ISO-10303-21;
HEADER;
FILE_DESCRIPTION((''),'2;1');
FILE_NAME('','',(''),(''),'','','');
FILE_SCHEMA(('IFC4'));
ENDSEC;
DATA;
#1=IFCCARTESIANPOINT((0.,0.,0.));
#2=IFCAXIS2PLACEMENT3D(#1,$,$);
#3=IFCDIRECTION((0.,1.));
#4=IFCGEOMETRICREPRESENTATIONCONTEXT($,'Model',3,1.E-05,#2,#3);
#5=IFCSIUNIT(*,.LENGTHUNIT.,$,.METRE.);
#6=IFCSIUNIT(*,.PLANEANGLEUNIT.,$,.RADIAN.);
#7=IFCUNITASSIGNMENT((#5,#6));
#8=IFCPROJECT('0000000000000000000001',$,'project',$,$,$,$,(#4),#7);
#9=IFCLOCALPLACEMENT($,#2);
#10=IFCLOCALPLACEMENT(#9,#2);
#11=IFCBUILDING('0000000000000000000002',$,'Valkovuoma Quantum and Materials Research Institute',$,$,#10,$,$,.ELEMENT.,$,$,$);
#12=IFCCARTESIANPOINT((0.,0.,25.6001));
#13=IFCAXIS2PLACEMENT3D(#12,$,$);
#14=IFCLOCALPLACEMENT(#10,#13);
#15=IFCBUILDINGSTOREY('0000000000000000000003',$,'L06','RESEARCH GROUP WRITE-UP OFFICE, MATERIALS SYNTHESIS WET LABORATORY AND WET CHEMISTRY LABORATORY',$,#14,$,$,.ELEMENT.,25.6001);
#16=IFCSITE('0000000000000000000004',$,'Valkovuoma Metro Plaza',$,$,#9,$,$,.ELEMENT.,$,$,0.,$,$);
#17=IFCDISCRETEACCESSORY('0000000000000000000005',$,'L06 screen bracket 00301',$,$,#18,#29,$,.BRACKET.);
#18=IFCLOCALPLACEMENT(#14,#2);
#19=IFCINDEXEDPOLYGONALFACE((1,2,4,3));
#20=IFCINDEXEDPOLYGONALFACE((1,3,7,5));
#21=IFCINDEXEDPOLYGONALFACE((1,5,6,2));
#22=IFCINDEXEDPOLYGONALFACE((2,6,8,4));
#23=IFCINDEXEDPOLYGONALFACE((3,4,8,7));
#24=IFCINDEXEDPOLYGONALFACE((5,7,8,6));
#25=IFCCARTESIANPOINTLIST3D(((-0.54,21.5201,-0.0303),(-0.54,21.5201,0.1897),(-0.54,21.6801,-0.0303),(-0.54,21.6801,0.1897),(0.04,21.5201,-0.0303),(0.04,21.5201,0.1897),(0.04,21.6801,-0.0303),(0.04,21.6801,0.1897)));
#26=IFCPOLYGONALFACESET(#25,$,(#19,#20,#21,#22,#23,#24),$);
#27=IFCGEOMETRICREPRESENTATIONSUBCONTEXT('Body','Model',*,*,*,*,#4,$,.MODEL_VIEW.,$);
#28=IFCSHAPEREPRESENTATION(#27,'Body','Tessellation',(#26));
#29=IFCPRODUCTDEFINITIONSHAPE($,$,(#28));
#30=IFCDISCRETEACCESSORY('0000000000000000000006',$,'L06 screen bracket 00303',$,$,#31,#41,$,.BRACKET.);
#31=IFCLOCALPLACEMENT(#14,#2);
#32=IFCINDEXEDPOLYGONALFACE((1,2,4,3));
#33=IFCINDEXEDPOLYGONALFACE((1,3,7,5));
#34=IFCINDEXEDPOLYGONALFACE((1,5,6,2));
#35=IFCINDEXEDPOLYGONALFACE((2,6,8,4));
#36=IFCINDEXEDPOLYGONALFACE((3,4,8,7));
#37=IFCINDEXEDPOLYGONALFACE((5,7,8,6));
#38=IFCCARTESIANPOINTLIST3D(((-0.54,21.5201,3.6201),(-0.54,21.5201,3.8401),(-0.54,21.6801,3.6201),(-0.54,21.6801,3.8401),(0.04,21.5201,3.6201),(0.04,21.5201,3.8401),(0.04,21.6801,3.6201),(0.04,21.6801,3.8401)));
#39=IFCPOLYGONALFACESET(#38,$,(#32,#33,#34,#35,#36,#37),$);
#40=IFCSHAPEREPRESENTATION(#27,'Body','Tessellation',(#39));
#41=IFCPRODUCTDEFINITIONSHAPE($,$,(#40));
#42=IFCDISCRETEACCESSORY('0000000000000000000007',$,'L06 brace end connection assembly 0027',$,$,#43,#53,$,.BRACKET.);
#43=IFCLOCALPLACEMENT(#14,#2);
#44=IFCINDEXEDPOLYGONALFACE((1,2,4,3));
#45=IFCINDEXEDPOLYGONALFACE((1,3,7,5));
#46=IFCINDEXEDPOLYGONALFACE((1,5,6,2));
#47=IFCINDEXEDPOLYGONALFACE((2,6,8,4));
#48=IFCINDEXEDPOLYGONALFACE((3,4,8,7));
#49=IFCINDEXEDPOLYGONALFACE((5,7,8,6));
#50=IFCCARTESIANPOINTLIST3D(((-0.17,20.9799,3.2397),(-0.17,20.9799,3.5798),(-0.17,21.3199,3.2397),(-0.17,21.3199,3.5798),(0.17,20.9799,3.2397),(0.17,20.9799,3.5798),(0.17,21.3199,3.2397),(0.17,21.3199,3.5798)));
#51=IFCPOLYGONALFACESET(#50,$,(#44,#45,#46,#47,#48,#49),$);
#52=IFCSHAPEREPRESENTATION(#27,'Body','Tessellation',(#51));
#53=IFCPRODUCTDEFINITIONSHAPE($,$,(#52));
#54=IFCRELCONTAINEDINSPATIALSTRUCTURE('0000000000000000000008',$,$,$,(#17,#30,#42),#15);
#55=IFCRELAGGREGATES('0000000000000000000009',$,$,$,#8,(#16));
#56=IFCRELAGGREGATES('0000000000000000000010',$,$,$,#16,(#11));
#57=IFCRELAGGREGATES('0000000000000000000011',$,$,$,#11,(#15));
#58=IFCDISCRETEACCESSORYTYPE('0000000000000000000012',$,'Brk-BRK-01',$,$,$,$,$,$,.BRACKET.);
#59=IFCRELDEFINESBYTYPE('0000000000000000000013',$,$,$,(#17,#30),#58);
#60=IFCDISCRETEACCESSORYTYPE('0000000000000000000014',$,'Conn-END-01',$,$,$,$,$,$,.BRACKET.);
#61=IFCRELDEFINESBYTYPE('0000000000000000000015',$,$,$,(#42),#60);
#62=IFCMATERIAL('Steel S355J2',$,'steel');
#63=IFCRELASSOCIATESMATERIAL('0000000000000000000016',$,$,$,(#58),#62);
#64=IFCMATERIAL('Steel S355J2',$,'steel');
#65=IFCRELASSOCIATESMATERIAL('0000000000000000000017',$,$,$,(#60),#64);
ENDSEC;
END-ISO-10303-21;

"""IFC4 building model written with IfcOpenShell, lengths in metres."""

from ifc_helpers import new_model, si_unit, direction, frame, origin, origin_2d, place, context, subcontext, project, spatial, rectangle, extrude, material, type_object, element, save


model = new_model("IFC4")

# Units and contexts
model_context = context("Model", 3, precision=1e-05, world=origin(), true_north=direction((0.0, 1.0)))
body_context = subcontext(model_context, "Body", "Model", "MODEL_VIEW")
ifc_project = project(units=[si_unit("LENGTHUNIT", "METRE"), si_unit("PLANEANGLEUNIT", "RADIAN")], contexts=[model_context])

# Site, building, storey
site_placement = place(None, origin())
site = spatial("IfcSite", under=ifc_project, at=site_placement, Name="Valkovuoma Metro Plaza", CompositionType="ELEMENT", RefElevation=0.0)
building_placement = place(site_placement, origin())
building = spatial("IfcBuilding", under=site, at=building_placement, Name="Valkovuoma Quantum and Materials Research Institute", CompositionType="ELEMENT")
storey_placement = place(building_placement, frame((0.0, 0.0, 25.6001)))
storey = spatial("IfcBuildingStorey", under=building, at=storey_placement, Name="L06", Description="RESEARCH GROUP WRITE-UP OFFICE, MATERIALS SYNTHESIS WET LABORATORY AND WET CHEMISTRY LABORATORY", CompositionType="ELEMENT", Elevation=25.6001)

# Discrete accessories
ifc_material_1 = material(Name="Steel S355J2", Category="steel")
discrete_accessory_type_1 = type_object("IfcDiscreteAccessoryType", Name="Brk-BRK-01", PredefinedType="BRACKET", material=ifc_material_1)
for number, where, z_axis, x_axis, name in (
    (1, (-0.25, 21.6001, -0.0303), (0.0, 0.0, 1.0), (1.0, 0.0, 0.0), "L06 screen bracket 00301"),
    (2, (-0.25, 21.6001, 3.6201), (0.0, 0.0, 1.0), (1.0, 0.0, 0.0), "L06 screen bracket 00303"),
):
    element("IfcDiscreteAccessory", number, at=place(storey_placement, frame(where, z_axis=z_axis, x_axis=x_axis)), inside=storey, type_object=discrete_accessory_type_1, Name=name, PredefinedType="BRACKET", context=body_context, shape_type="SweptSolid", body=[
        extrude(rectangle(XDim=0.5801, YDim=0.1599, at=origin_2d()), origin(), (0.0, 0.0, 1.0), 0.22),
    ])
ifc_material_2 = material(Name="Steel S355J2", Category="steel")
discrete_accessory_type_2 = type_object("IfcDiscreteAccessoryType", Name="Conn-END-01", PredefinedType="BRACKET", material=ifc_material_2)
discrete_accessory_placement = place(storey_placement, frame((0.0, 21.1499, 3.2397), z_axis=(0.0, 0.0, 1.0), x_axis=(1.0, 0.0, 0.0)))
element("IfcDiscreteAccessory", 3, at=discrete_accessory_placement, inside=storey, type_object=discrete_accessory_type_2, Name="L06 brace end connection assembly 0027", PredefinedType="BRACKET", context=body_context, shape_type="SweptSolid", body=[
    extrude(rectangle(XDim=0.3401, YDim=0.3401, at=origin_2d()), origin(), (0.0, 0.0, 1.0), 0.3401),
])

save(model, "model.ifc")
